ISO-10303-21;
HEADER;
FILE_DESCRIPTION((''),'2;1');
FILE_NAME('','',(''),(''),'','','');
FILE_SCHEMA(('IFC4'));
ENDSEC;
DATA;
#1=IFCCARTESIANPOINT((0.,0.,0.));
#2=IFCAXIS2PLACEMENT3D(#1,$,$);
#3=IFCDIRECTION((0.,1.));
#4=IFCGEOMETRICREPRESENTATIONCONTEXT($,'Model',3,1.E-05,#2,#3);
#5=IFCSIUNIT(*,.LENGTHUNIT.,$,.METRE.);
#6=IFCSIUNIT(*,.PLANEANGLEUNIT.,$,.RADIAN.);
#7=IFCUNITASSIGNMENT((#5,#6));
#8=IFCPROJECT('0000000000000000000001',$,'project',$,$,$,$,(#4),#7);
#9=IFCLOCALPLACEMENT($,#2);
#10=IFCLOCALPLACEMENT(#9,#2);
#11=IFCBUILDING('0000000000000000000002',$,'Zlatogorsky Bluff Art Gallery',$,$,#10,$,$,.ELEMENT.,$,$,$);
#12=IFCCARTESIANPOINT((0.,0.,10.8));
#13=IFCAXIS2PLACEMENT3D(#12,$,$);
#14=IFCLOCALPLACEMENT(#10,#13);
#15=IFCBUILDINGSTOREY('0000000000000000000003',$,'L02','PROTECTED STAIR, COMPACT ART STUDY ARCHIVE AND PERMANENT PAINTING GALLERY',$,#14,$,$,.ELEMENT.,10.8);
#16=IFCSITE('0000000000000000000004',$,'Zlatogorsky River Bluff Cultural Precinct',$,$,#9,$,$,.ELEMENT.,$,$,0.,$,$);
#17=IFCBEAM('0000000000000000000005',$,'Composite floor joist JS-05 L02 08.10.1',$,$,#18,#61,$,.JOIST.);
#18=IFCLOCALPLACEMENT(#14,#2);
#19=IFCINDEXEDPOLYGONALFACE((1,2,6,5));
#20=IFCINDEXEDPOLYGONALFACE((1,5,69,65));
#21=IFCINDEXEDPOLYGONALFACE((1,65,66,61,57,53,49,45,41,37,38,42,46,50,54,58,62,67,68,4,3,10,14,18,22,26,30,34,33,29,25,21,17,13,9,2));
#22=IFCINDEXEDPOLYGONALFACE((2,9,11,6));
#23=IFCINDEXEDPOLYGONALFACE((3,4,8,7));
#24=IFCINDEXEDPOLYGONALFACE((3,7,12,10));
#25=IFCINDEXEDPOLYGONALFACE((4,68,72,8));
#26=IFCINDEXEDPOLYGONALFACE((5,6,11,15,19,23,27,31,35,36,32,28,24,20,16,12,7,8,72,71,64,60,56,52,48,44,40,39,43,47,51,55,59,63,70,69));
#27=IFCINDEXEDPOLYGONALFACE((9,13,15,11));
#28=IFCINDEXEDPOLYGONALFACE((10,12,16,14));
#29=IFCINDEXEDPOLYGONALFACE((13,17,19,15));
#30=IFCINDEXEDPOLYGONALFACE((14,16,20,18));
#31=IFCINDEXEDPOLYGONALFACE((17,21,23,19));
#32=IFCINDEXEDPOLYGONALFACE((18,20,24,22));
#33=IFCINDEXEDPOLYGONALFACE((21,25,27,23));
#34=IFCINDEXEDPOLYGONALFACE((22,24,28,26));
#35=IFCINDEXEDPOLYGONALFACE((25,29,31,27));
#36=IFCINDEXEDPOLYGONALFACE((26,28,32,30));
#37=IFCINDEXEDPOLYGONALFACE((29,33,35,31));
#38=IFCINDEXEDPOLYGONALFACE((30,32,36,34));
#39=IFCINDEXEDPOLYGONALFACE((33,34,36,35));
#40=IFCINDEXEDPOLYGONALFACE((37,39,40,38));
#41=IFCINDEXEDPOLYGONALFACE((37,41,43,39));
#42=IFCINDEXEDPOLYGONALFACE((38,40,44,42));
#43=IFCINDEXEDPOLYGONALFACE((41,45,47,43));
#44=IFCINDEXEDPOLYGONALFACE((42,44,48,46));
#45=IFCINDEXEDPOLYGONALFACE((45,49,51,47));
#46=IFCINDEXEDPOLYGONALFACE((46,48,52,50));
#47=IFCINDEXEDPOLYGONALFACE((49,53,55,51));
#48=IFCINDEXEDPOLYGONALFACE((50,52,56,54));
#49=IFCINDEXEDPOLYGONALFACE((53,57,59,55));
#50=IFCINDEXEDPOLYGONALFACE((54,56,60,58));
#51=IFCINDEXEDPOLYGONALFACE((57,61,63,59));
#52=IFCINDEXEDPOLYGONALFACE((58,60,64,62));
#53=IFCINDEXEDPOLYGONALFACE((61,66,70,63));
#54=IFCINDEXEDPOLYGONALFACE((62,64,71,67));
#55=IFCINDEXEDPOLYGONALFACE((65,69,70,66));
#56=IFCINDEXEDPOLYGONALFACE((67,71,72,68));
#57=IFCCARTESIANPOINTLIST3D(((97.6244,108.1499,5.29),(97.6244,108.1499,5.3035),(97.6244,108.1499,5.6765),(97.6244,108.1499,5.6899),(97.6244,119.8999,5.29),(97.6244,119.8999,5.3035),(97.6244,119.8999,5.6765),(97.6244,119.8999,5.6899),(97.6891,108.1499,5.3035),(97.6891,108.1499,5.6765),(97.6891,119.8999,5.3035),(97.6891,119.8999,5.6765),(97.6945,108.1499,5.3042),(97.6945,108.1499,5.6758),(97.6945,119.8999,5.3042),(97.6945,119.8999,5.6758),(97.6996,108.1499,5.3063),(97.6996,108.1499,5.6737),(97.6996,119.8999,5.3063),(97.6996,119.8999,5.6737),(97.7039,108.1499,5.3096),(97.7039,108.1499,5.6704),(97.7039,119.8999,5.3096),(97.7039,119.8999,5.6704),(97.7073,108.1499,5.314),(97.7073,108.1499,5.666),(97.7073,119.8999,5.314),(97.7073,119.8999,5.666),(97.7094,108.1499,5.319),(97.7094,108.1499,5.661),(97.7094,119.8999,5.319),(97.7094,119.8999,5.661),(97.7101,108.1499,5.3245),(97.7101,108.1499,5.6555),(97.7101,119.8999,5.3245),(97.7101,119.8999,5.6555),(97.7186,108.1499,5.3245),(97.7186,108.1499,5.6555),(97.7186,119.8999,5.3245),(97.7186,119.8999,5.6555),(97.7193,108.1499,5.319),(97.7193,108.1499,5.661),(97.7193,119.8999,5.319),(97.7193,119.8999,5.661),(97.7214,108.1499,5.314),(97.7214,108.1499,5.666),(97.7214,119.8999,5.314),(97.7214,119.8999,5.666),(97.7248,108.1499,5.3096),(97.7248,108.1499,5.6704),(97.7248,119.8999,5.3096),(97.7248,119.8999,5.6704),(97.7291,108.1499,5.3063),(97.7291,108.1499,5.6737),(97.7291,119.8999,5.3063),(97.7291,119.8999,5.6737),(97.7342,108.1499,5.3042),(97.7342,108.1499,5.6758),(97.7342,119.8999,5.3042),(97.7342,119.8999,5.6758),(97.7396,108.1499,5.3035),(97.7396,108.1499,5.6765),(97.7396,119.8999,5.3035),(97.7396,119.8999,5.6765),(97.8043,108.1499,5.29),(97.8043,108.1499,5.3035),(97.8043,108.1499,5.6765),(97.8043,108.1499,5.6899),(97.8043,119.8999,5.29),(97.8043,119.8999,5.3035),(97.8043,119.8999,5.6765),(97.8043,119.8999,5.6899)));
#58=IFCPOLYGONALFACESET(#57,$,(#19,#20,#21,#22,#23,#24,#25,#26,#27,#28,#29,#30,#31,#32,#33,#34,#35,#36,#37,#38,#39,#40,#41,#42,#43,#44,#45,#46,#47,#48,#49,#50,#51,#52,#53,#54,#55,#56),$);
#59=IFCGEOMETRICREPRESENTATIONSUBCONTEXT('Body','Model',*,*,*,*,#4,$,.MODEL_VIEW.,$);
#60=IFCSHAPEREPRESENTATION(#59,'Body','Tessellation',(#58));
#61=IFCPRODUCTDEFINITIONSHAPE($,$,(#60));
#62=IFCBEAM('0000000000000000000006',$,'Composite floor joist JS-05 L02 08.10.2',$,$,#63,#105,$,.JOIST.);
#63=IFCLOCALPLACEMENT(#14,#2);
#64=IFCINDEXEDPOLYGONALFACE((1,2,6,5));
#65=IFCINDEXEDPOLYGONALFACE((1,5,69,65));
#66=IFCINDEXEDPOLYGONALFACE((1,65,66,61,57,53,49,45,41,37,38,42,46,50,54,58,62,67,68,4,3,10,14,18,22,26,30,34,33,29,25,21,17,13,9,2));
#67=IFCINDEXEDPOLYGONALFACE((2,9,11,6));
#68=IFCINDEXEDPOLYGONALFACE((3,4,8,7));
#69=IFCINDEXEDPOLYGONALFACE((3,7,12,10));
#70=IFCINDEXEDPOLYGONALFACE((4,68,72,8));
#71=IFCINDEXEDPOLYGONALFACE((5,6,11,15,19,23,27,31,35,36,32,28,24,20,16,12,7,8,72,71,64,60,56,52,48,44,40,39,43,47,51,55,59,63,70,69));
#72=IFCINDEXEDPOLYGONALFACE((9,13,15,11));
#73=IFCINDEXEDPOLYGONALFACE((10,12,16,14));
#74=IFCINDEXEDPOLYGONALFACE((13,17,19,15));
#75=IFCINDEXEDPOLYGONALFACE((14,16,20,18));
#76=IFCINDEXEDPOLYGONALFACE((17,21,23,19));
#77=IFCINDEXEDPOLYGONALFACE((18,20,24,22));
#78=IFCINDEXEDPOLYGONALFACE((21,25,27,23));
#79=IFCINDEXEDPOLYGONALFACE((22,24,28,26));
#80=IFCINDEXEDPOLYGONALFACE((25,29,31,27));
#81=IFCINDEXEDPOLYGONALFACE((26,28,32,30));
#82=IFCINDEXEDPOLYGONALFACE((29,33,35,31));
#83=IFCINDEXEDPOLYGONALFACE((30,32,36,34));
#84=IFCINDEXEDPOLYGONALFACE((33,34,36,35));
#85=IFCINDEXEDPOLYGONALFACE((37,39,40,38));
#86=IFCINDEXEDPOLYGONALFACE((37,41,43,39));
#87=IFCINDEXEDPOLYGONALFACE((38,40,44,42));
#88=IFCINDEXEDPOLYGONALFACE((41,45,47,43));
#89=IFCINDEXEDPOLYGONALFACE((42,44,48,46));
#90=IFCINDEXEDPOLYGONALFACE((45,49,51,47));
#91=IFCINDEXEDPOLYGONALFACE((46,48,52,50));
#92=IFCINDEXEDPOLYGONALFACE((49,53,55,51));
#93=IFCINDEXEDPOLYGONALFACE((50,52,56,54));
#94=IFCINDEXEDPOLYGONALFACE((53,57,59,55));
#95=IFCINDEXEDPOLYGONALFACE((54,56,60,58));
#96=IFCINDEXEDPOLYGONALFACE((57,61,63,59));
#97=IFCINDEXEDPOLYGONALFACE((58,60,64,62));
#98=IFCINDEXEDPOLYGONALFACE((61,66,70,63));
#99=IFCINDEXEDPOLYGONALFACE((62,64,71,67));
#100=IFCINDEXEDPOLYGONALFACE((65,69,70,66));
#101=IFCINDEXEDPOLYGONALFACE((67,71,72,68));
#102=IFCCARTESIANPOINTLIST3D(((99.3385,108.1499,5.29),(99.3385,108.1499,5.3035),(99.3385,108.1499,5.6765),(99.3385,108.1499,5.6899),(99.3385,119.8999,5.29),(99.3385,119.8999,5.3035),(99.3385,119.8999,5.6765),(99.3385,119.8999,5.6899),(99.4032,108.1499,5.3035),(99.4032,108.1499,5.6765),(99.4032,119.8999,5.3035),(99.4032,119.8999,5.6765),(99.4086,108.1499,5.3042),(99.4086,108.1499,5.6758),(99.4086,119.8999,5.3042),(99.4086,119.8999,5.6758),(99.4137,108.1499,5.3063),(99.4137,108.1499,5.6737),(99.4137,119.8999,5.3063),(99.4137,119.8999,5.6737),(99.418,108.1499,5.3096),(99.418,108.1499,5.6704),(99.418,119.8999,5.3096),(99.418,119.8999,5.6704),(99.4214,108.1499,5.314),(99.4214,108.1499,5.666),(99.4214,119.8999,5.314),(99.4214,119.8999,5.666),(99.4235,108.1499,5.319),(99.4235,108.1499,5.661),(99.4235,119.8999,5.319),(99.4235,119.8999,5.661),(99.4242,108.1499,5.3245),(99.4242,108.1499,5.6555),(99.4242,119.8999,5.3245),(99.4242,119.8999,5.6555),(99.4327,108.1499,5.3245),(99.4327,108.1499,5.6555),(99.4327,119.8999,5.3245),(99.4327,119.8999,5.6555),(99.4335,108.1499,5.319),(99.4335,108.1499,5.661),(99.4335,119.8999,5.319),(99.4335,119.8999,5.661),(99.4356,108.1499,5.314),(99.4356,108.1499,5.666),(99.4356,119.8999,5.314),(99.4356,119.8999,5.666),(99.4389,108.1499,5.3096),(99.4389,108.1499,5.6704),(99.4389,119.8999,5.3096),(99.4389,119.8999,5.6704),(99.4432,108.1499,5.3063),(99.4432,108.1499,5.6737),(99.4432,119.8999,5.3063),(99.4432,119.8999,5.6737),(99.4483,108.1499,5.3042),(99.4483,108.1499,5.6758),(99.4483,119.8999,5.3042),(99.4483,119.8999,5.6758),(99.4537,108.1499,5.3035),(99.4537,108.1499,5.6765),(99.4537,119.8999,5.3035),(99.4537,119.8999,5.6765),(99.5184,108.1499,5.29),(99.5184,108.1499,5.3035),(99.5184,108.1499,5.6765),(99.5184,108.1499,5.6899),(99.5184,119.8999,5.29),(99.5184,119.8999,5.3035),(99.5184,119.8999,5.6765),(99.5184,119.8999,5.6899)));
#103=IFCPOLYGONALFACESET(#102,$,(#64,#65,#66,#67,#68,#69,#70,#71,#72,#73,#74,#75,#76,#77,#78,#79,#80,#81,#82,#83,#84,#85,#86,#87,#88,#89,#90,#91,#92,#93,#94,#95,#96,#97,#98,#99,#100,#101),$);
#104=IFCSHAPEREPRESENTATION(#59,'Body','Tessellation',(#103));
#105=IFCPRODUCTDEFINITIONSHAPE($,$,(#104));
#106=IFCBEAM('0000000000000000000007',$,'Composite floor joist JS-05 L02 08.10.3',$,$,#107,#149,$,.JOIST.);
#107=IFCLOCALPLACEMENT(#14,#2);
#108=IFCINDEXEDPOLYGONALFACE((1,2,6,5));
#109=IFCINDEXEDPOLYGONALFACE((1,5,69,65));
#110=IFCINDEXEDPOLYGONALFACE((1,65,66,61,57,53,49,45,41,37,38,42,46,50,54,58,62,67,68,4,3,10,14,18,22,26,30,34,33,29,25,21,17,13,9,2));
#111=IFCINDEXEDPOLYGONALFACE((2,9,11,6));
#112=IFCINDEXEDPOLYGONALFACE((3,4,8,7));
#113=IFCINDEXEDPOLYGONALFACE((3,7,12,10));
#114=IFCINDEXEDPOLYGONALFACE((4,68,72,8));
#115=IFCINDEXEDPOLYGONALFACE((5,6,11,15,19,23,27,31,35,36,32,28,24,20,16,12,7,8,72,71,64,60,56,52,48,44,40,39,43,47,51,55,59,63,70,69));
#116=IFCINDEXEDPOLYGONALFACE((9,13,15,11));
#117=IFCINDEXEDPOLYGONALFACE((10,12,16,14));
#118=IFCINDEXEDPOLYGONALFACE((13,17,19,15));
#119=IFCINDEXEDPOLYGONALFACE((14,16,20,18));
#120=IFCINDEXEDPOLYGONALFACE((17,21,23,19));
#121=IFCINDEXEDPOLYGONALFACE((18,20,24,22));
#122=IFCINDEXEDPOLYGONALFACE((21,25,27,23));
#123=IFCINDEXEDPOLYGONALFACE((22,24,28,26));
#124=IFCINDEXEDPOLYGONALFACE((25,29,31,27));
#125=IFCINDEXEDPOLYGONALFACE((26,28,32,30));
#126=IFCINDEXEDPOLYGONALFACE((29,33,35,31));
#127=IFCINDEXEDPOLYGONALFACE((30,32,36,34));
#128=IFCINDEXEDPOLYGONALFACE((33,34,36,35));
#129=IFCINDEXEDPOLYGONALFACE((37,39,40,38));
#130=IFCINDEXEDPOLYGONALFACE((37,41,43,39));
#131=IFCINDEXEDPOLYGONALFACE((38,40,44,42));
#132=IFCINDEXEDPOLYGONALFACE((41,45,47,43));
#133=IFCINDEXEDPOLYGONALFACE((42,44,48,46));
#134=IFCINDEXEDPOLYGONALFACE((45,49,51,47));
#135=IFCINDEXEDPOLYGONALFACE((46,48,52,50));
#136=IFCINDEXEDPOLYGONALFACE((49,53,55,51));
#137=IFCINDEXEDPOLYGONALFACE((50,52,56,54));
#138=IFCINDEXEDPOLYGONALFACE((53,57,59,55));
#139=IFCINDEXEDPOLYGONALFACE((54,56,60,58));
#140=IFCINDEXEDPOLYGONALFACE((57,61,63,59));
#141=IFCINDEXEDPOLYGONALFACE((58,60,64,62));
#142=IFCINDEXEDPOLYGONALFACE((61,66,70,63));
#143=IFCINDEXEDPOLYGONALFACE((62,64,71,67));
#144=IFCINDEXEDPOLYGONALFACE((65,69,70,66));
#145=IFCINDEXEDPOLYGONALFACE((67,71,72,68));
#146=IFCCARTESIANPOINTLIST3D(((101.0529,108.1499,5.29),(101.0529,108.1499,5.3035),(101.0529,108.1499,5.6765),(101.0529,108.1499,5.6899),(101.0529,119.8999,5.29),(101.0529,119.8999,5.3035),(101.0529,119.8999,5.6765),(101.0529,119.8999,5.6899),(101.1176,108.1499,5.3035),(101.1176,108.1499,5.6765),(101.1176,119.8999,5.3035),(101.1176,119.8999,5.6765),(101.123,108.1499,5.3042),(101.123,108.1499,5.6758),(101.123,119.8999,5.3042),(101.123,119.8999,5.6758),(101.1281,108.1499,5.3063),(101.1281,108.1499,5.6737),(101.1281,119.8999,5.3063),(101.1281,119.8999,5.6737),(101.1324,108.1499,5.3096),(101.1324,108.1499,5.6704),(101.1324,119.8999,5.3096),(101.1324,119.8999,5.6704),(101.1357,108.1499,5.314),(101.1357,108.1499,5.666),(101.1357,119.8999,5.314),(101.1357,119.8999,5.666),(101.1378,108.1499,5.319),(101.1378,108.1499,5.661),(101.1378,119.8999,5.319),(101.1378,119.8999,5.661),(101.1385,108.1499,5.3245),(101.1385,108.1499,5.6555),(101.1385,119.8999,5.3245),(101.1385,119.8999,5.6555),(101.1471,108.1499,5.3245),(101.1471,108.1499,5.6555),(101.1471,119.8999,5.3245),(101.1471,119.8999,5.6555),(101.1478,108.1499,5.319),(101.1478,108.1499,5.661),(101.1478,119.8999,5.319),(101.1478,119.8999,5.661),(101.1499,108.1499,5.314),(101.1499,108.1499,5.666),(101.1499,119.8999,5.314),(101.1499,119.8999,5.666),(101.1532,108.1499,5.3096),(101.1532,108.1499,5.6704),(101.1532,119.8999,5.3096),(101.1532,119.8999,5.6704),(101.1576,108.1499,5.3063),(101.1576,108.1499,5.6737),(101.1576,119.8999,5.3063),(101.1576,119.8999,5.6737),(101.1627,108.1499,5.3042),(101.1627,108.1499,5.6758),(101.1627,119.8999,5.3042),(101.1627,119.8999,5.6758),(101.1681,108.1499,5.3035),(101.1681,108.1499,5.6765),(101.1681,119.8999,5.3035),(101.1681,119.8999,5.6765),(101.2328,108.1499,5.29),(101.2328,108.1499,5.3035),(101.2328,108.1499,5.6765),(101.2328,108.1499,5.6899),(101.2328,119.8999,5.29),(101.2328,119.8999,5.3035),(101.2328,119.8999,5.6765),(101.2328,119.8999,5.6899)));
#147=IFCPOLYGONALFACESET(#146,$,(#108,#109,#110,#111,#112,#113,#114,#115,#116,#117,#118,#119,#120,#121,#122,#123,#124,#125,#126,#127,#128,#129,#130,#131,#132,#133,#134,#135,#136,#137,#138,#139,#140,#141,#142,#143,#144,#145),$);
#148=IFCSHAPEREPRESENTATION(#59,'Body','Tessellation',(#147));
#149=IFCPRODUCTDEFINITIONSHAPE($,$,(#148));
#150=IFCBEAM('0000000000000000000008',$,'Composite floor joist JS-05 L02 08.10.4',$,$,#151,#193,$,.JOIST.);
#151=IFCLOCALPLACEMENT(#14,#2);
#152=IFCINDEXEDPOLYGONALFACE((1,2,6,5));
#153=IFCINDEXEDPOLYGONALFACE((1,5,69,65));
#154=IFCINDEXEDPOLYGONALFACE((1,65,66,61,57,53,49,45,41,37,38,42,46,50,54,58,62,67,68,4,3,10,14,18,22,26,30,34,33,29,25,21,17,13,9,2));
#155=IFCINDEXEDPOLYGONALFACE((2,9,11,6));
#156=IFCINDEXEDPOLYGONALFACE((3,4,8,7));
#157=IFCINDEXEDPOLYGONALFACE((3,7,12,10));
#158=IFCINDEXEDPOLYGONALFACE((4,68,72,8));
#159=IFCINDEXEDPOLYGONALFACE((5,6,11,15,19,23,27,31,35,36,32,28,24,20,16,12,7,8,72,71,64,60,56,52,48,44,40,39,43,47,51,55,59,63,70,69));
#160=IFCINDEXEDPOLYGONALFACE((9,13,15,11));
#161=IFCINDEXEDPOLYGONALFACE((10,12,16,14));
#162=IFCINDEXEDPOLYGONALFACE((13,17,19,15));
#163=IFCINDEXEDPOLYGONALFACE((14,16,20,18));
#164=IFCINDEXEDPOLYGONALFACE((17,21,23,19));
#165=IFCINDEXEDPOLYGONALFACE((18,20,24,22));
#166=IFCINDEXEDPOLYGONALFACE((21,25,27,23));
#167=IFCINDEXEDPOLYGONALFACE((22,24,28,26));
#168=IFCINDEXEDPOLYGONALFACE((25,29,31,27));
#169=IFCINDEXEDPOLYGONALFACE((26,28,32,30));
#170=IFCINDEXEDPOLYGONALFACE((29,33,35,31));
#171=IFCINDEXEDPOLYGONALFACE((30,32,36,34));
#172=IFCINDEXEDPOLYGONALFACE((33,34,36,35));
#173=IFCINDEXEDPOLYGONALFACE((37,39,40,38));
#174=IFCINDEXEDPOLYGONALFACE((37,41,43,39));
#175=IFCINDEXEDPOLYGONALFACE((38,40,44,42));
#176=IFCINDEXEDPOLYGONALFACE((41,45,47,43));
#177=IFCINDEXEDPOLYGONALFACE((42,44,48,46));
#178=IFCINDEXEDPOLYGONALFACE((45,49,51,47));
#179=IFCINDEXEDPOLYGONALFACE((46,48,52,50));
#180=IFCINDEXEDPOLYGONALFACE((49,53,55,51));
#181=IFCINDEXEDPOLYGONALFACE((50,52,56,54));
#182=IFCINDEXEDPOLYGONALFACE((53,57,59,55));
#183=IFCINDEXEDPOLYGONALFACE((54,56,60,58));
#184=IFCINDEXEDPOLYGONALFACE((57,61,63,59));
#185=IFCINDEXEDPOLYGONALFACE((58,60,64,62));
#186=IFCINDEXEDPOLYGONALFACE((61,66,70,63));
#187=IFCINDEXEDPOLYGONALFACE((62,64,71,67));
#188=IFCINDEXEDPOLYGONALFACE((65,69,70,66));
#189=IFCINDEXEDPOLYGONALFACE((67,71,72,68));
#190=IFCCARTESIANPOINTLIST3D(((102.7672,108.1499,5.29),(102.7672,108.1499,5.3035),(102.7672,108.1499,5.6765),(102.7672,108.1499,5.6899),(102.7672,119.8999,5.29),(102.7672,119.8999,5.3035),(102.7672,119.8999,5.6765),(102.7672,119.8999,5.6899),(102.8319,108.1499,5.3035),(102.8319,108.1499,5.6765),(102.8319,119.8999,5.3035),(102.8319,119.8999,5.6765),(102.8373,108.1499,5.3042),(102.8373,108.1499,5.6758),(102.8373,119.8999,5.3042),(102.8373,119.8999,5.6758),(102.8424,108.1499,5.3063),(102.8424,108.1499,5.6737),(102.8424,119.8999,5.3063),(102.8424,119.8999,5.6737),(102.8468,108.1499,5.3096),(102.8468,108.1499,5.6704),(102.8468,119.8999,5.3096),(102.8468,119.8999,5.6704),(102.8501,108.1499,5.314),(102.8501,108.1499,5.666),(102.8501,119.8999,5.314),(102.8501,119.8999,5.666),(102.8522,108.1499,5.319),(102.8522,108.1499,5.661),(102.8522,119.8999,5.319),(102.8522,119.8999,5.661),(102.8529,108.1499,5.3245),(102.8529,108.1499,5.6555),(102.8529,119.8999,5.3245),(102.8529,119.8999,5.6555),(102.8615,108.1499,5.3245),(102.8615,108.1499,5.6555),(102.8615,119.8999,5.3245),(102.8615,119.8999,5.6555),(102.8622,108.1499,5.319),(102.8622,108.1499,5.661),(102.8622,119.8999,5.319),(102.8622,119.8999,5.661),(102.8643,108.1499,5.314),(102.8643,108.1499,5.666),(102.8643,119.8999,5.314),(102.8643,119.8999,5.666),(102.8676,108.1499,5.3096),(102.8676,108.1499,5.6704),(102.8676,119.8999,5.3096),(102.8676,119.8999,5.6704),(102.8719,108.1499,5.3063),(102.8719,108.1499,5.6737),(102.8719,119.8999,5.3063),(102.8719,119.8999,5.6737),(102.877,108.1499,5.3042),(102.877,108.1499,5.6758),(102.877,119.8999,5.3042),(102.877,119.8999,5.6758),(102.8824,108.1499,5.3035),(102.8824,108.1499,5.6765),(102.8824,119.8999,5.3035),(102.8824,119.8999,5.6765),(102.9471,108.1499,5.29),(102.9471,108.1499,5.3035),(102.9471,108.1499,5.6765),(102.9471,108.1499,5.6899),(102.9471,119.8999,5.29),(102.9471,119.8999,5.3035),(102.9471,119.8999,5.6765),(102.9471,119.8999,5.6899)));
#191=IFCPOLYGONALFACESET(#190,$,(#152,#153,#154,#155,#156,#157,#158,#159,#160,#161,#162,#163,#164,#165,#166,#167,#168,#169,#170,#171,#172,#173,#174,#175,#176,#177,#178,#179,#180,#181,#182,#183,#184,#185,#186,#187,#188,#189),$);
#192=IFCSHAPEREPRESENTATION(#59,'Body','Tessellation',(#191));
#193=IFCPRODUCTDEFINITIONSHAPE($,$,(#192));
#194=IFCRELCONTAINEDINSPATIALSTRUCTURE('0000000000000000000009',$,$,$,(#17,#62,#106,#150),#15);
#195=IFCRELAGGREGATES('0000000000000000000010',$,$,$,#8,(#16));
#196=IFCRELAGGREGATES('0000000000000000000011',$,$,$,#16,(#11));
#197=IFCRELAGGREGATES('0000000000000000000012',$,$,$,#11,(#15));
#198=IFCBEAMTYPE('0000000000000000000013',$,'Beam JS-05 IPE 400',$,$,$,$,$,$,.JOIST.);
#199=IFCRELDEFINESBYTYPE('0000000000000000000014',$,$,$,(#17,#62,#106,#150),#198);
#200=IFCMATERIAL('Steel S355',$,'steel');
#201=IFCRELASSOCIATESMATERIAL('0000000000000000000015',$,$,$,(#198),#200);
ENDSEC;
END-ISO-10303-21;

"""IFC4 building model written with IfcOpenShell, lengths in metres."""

from ifc_helpers import new_model, si_unit, direction, frame, origin, origin_2d, place, context, subcontext, project, spatial, i_section, extrude, material, material_profile, profile_set, type_object, element, save


model = new_model("IFC4")

# Units and contexts
model_context = context("Model", 3, precision=1e-05, world=origin(), true_north=direction((0.0, 1.0)))
body_context = subcontext(model_context, "Body", "Model", "MODEL_VIEW")
ifc_project = project(units=[si_unit("LENGTHUNIT", "METRE"), si_unit("PLANEANGLEUNIT", "RADIAN")], contexts=[model_context])

# Site, building, storey
site_placement = place(None, origin())
site = spatial("IfcSite", under=ifc_project, at=site_placement, Name="Zlatogorsky River Bluff Cultural Precinct", CompositionType="ELEMENT", RefElevation=0.0)
building_placement = place(site_placement, origin())
building = spatial("IfcBuilding", under=site, at=building_placement, Name="Zlatogorsky Bluff Art Gallery", CompositionType="ELEMENT")
storey_placement = place(building_placement, frame((0.0, 0.0, 10.8)))
storey = spatial("IfcBuildingStorey", under=building, at=storey_placement, Name="L02", Description="PROTECTED STAIR, COMPACT ART STUDY ARCHIVE AND PERMANENT PAINTING GALLERY", CompositionType="ELEMENT", Elevation=10.8)

# Beams
ifc_material_1 = material(Name="Steel S355", Category="steel")
ifc_material_profile_1 = material_profile(ifc_material_1, i_section(OverallWidth=0.1799, OverallDepth=0.3999, WebThickness=0.0085, FlangeThickness=0.0134, FilletRadius=0.021, at=origin_2d()), Name="IPE 400")
ifc_profile_set_1 = profile_set([ifc_material_profile_1], Name="Steel S355")
beam_type_1 = type_object("IfcBeamType", Name="Beam JS-05 IPE 400", PredefinedType="JOIST", material=ifc_profile_set_1)
for number, where, z_axis, x_axis, name in (
    (1, (97.7144, 108.1499, 5.49), (0.0, 1.0, 0.0), (-1.0, 0.0, 0.0), "Composite floor joist JS-05 L02 08.10.1"),
    (2, (99.4285, 108.1499, 5.49), (0.0, 1.0, 0.0), (-1.0, 0.0, 0.0), "Composite floor joist JS-05 L02 08.10.2"),
    (3, (101.1428, 108.1499, 5.49), (0.0, 1.0, 0.0), (-1.0, 0.0, 0.0), "Composite floor joist JS-05 L02 08.10.3"),
    (4, (102.8572, 108.1499, 5.49), (0.0, 1.0, 0.0), (-1.0, 0.0, 0.0), "Composite floor joist JS-05 L02 08.10.4"),
):
    element("IfcBeam", number, at=place(storey_placement, frame(where, z_axis=z_axis, x_axis=x_axis)), inside=storey, type_object=beam_type_1, Name=name, PredefinedType="JOIST", context=body_context, shape_type="SweptSolid", body=[
        extrude(i_section(OverallWidth=0.1799, OverallDepth=0.3999, WebThickness=0.0085, FlangeThickness=0.0134, FilletRadius=0.021, at=origin_2d()), origin(), (0.0, 0.0, 1.0), 11.75),
    ])

save(model, "model.ifc")
